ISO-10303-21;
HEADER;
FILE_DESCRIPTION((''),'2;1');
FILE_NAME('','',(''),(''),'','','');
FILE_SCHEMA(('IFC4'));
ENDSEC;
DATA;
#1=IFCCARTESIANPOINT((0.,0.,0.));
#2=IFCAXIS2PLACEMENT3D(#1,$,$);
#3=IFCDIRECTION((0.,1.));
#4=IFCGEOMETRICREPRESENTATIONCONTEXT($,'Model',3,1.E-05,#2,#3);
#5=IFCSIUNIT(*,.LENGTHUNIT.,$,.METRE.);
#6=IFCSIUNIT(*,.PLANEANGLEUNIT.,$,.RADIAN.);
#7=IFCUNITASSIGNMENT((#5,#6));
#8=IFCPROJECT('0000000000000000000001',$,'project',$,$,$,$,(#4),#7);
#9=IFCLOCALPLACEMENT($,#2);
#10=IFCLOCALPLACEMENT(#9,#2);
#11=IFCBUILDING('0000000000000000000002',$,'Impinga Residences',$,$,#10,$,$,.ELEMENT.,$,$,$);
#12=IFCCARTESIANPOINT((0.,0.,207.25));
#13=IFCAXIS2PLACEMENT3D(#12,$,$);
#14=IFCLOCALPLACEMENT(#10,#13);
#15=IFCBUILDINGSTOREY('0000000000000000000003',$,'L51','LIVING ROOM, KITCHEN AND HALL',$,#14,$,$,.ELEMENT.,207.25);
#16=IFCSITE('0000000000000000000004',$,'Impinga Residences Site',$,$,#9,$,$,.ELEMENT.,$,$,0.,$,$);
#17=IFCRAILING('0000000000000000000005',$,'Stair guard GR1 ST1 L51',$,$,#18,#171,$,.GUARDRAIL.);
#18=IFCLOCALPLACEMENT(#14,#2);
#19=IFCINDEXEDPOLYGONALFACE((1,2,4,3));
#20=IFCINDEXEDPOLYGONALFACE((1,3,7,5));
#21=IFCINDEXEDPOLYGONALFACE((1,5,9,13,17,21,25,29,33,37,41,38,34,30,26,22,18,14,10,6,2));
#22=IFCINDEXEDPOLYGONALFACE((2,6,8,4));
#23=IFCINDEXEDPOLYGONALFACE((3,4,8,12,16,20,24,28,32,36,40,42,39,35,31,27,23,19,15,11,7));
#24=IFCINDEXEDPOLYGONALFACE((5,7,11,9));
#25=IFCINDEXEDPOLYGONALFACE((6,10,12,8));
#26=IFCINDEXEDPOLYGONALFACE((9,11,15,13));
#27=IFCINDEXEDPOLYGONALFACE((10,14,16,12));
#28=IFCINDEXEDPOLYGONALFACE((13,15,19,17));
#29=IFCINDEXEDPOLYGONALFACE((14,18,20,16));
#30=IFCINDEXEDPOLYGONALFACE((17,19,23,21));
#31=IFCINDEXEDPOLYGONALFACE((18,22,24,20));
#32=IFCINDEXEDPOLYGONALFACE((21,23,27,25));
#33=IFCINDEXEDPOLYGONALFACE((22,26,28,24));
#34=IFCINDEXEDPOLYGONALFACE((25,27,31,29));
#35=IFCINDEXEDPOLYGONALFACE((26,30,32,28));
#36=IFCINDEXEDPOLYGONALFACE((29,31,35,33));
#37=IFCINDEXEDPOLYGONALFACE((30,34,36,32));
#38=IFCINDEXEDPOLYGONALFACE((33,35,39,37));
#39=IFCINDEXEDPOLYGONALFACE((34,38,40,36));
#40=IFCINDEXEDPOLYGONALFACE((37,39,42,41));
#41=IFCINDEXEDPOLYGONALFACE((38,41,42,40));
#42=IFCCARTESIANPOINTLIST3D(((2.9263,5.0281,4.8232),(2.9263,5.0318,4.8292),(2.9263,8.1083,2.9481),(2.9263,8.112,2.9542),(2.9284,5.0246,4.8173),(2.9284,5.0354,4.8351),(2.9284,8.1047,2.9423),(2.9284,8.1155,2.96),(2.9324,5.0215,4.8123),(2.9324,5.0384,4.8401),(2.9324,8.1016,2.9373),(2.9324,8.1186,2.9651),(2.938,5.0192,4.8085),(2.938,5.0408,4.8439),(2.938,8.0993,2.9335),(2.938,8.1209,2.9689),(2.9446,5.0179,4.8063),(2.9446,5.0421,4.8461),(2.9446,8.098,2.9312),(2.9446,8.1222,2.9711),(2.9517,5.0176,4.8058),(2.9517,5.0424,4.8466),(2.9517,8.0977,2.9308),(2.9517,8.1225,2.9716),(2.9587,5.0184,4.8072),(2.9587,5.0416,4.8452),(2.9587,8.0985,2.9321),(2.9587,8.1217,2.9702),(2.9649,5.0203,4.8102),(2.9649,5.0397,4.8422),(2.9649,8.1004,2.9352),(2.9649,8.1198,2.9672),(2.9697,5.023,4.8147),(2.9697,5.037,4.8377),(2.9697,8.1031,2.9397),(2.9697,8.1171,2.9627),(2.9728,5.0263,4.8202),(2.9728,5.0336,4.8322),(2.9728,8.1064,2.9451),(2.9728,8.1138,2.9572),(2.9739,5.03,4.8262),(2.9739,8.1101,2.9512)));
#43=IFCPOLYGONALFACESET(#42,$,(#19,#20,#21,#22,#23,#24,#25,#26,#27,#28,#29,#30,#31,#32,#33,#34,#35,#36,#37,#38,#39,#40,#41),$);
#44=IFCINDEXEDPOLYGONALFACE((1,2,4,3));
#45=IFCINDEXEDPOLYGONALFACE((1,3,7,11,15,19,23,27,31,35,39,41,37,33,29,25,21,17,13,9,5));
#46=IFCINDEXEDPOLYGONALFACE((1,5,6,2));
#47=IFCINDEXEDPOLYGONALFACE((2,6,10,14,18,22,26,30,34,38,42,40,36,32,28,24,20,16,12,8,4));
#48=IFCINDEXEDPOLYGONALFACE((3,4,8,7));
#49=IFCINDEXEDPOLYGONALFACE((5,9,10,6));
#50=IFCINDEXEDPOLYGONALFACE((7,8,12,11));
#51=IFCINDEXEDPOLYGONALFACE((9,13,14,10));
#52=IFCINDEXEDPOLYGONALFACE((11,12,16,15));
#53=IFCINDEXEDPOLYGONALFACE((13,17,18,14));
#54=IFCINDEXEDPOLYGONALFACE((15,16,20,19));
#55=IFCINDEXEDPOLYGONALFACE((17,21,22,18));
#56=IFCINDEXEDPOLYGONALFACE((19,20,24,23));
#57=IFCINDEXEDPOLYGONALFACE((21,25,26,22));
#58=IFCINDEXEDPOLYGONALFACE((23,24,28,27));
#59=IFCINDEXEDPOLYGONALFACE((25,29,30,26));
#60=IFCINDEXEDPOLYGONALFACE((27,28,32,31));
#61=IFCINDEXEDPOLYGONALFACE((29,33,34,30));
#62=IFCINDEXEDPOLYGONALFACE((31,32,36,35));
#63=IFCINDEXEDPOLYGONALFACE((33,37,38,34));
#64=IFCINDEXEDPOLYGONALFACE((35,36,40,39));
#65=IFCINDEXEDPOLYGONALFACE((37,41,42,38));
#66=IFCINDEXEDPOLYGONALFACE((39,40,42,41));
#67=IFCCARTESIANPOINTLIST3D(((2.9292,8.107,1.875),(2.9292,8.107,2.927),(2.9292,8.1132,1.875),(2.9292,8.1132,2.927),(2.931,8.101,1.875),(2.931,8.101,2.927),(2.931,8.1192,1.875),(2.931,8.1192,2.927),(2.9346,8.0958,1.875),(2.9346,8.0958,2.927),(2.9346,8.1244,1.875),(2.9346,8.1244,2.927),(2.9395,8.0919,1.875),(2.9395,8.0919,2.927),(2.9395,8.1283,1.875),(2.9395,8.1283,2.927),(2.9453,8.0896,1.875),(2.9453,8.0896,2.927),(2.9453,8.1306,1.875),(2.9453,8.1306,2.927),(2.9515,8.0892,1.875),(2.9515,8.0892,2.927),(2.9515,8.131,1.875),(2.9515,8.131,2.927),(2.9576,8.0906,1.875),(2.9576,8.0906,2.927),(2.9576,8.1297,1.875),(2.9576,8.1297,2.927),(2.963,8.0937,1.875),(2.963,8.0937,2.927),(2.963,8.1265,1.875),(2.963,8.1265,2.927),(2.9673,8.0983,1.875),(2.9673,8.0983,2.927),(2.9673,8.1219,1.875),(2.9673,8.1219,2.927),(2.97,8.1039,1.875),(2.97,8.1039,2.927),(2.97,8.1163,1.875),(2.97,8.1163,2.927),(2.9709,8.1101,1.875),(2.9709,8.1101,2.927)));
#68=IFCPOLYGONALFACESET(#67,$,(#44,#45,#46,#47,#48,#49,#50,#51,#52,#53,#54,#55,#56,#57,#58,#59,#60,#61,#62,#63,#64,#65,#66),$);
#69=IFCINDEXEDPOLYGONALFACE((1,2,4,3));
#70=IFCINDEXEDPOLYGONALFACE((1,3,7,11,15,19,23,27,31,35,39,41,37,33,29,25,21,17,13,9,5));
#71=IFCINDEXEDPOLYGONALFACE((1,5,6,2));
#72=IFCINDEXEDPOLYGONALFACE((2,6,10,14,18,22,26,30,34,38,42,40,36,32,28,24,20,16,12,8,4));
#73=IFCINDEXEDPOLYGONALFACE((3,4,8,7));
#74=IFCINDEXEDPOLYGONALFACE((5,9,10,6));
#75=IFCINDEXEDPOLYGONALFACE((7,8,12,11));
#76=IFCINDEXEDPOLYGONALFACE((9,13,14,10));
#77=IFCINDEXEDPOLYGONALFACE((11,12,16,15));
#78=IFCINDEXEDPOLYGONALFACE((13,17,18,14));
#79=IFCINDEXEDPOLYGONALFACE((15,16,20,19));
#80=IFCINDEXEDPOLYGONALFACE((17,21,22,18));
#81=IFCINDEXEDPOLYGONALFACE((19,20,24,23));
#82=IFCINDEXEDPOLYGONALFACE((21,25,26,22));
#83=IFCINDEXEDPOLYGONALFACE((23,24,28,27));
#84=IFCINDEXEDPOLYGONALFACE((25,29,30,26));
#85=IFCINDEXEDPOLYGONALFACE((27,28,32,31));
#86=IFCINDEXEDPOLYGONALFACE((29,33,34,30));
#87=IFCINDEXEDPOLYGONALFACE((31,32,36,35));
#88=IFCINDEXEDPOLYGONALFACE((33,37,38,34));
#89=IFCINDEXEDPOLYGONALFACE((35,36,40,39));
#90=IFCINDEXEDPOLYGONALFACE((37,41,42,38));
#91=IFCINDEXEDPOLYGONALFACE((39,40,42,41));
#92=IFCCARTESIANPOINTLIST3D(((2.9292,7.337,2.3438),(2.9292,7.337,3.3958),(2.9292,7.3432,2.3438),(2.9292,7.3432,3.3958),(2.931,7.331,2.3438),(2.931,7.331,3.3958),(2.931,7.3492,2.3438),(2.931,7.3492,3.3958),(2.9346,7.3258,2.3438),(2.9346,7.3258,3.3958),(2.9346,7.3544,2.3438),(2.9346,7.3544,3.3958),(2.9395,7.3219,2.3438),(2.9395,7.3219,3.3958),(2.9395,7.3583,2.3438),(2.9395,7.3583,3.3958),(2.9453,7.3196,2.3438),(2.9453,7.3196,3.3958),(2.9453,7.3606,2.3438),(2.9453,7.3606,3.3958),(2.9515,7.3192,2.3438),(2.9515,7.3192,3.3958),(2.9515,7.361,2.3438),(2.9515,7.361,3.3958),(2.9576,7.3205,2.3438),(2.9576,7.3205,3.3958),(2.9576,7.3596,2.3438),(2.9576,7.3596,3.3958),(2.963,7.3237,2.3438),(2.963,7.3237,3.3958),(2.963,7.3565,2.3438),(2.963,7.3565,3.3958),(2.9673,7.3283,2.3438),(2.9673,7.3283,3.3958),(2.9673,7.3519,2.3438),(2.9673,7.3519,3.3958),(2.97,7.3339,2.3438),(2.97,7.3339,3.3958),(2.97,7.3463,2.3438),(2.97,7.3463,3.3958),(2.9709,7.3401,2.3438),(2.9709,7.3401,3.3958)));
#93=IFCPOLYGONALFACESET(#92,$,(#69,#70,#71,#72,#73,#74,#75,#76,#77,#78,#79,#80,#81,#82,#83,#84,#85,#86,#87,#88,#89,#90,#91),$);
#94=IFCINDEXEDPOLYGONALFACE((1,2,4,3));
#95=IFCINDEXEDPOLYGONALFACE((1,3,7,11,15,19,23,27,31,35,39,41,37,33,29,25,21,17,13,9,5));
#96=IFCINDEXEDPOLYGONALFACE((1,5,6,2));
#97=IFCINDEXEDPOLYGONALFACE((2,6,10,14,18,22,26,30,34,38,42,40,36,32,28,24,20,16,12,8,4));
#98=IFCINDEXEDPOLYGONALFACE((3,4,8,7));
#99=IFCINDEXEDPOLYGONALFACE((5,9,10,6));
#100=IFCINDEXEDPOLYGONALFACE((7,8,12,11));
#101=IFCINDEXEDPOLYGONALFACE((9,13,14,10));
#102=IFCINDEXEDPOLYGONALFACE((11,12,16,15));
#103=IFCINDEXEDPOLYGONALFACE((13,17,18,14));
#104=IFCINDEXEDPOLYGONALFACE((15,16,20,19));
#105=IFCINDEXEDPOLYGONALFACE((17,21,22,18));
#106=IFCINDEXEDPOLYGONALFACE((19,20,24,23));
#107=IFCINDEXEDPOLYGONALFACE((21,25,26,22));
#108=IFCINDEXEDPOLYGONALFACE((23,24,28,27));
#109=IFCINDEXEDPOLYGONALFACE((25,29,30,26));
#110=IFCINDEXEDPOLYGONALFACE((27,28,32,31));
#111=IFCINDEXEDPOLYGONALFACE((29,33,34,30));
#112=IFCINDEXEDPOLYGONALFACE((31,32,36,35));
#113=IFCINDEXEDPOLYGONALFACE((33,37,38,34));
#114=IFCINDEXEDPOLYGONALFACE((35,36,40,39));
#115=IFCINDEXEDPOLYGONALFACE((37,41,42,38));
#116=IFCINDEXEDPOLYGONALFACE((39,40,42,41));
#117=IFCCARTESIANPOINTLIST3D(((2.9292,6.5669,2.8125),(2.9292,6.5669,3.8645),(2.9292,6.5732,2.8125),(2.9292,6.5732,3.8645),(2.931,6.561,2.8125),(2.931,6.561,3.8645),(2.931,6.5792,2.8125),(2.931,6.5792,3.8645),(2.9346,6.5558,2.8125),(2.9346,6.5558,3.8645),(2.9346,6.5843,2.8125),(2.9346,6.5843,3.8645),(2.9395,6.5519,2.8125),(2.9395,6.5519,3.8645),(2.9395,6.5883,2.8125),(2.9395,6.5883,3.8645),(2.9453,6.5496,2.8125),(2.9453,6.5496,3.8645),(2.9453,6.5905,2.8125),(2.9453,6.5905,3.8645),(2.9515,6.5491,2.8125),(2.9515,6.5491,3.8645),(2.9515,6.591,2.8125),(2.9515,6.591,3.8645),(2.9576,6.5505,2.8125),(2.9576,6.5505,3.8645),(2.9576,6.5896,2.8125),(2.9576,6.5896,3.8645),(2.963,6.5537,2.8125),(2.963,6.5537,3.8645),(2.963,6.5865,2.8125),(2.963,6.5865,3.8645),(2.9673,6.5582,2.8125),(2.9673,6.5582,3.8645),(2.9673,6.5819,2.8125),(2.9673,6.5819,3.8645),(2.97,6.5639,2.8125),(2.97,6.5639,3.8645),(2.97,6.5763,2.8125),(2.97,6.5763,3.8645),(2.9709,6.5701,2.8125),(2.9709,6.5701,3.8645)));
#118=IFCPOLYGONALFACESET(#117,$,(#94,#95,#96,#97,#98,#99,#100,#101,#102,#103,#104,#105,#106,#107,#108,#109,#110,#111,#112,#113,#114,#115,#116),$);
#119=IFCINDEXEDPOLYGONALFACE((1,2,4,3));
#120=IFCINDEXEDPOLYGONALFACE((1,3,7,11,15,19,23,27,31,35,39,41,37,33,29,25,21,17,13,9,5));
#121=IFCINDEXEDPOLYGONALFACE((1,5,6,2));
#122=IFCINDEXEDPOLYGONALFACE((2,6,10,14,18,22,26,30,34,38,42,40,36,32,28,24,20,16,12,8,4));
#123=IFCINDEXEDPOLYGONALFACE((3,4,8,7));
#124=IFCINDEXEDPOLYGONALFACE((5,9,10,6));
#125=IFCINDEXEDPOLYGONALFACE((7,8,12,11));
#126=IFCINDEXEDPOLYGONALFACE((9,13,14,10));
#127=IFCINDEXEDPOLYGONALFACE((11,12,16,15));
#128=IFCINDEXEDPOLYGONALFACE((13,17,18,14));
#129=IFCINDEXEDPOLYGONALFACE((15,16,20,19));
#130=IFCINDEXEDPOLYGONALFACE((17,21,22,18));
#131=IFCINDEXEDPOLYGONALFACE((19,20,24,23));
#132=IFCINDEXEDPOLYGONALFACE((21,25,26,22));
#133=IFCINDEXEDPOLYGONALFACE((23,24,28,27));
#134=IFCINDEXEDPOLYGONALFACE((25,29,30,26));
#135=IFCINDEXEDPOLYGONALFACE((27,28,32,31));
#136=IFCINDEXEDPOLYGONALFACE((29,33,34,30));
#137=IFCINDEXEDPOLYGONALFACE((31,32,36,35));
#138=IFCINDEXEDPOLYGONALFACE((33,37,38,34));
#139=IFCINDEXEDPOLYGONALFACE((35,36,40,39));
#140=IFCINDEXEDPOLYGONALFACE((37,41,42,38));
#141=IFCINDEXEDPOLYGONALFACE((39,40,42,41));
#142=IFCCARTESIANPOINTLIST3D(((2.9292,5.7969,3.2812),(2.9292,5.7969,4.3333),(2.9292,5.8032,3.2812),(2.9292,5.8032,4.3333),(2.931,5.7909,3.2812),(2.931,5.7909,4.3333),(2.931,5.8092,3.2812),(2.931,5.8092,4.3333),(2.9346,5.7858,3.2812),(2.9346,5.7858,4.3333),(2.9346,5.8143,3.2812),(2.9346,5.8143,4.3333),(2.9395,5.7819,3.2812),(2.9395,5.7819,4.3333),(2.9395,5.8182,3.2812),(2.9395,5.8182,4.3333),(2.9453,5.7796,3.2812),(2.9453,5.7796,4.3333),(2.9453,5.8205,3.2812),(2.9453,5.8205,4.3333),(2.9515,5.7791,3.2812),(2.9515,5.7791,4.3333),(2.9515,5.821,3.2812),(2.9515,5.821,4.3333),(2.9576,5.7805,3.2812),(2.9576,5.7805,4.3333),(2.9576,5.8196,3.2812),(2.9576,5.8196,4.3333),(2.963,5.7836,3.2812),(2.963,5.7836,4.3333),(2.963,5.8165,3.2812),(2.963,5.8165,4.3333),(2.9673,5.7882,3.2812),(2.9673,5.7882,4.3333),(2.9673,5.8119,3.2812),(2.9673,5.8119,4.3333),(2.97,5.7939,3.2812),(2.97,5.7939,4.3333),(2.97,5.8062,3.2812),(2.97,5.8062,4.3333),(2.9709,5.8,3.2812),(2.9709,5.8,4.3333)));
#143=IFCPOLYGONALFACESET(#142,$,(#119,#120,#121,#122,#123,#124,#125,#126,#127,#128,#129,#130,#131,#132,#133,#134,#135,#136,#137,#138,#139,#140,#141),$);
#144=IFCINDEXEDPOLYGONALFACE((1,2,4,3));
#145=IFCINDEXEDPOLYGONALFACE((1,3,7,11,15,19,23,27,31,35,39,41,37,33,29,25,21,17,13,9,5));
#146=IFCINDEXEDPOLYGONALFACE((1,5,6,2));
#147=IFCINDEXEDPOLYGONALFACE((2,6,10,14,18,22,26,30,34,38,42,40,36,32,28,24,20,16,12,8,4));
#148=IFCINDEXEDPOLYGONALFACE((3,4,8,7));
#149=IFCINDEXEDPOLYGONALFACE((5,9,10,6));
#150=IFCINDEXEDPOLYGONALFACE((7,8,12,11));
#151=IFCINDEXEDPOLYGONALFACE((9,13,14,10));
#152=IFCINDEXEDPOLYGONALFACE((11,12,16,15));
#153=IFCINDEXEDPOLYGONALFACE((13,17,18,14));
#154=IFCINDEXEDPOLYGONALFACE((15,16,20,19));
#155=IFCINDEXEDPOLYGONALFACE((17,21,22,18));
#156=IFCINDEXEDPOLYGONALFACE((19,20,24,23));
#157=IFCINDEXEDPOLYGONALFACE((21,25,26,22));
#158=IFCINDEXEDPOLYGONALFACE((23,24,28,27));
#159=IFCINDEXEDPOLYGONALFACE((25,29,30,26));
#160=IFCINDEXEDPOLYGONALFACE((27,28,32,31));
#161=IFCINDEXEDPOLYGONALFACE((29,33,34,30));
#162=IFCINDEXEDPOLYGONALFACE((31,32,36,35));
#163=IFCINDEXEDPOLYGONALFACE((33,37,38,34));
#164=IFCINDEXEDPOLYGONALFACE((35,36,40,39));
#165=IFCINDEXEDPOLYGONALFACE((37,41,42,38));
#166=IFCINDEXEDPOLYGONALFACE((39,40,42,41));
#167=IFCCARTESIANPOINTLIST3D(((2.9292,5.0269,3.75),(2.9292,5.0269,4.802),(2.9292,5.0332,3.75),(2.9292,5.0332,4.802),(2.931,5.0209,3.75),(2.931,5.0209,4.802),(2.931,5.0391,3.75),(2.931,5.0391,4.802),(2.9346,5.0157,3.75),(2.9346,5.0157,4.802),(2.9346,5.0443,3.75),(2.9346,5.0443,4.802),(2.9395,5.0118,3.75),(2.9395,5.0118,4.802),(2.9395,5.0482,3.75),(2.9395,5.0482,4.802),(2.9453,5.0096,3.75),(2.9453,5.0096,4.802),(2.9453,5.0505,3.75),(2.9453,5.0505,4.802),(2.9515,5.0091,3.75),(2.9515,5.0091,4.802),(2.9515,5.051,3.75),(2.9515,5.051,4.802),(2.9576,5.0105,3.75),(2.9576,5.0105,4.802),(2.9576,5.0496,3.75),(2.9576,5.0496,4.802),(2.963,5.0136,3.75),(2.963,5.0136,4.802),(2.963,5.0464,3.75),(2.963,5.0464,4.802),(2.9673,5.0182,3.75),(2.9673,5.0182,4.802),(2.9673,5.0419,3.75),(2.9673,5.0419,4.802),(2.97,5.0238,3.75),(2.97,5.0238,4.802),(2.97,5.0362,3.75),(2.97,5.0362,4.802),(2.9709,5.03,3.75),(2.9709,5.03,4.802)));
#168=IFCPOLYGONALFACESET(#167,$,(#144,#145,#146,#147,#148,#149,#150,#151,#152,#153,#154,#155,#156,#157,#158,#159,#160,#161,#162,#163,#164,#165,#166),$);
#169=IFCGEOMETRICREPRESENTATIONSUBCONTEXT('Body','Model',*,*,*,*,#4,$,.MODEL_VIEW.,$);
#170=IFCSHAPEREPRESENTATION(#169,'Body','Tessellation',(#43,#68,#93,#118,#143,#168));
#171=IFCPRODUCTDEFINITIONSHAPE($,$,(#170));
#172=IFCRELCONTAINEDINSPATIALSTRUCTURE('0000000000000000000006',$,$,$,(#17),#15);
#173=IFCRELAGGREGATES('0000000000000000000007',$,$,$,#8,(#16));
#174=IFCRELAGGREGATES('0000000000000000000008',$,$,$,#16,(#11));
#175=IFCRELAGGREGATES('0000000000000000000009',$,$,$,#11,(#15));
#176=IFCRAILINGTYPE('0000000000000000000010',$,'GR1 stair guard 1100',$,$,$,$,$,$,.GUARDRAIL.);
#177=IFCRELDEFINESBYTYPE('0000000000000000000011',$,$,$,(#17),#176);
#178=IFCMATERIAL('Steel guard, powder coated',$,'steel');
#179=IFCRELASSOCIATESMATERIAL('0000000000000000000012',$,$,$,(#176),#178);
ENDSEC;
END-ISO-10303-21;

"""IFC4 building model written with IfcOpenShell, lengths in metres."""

from ifc_helpers import new_model, si_unit, direction, frame, origin, origin_2d, place, context, subcontext, project, spatial, circle, extrude, material, type_object, element, save


model = new_model("IFC4")

# Units and contexts
model_context = context("Model", 3, precision=1e-05, world=origin(), true_north=direction((0.0, 1.0)))
body_context = subcontext(model_context, "Body", "Model", "MODEL_VIEW")
ifc_project = project(units=[si_unit("LENGTHUNIT", "METRE"), si_unit("PLANEANGLEUNIT", "RADIAN")], contexts=[model_context])

# Site, building, storey
site_placement = place(None, origin())
site = spatial("IfcSite", under=ifc_project, at=site_placement, Name="Impinga Residences Site", CompositionType="ELEMENT", RefElevation=0.0)
building_placement = place(site_placement, origin())
building = spatial("IfcBuilding", under=site, at=building_placement, Name="Impinga Residences", CompositionType="ELEMENT")
storey_placement = place(building_placement, frame((0.0, 0.0, 207.25)))
storey = spatial("IfcBuildingStorey", under=building, at=storey_placement, Name="L51", Description="LIVING ROOM, KITCHEN AND HALL", CompositionType="ELEMENT", Elevation=207.25)

# Railing
ifc_material_1 = material(Name="Steel guard, powder coated", Category="steel")
railing_type_1 = type_object("IfcRailingType", Name="GR1 stair guard 1100", PredefinedType="GUARDRAIL", material=ifc_material_1)
railing_1_placement = place(storey_placement, frame((2.95, 8.1101, 1.875)))
element("IfcRailing", 1, at=railing_1_placement, inside=storey, type_object=railing_type_1, Name="Stair guard GR1 ST1 L51", PredefinedType="GUARDRAIL", context=body_context, shape_type="SweptSolid", body=[
    extrude(circle(Radius=0.0239, at=origin_2d()), frame((0.0, 0.0, 1.0762), z_axis=(0.0, -0.854178, 0.519981), x_axis=(1.0, 0.0, 0.0)), (0.0, 0.0, 1.0), 3.606),
    extrude(circle(Radius=0.021, at=origin_2d()), origin(), (0.0, 0.0, 1.0), 1.052),
    extrude(circle(Radius=0.021, at=origin_2d()), frame((0.0, -0.77, 0.4688)), (0.0, 0.0, 1.0), 1.052),
    extrude(circle(Radius=0.021, at=origin_2d()), frame((0.0, -1.54, 0.9375)), (0.0, 0.0, 1.0), 1.052),
    extrude(circle(Radius=0.021, at=origin_2d()), frame((0.0, -2.3101, 1.4062)), (0.0, 0.0, 1.0), 1.052),
    extrude(circle(Radius=0.021, at=origin_2d()), frame((0.0, -3.0801, 1.875)), (0.0, 0.0, 1.0), 1.052),
])

save(model, "model.ifc")
